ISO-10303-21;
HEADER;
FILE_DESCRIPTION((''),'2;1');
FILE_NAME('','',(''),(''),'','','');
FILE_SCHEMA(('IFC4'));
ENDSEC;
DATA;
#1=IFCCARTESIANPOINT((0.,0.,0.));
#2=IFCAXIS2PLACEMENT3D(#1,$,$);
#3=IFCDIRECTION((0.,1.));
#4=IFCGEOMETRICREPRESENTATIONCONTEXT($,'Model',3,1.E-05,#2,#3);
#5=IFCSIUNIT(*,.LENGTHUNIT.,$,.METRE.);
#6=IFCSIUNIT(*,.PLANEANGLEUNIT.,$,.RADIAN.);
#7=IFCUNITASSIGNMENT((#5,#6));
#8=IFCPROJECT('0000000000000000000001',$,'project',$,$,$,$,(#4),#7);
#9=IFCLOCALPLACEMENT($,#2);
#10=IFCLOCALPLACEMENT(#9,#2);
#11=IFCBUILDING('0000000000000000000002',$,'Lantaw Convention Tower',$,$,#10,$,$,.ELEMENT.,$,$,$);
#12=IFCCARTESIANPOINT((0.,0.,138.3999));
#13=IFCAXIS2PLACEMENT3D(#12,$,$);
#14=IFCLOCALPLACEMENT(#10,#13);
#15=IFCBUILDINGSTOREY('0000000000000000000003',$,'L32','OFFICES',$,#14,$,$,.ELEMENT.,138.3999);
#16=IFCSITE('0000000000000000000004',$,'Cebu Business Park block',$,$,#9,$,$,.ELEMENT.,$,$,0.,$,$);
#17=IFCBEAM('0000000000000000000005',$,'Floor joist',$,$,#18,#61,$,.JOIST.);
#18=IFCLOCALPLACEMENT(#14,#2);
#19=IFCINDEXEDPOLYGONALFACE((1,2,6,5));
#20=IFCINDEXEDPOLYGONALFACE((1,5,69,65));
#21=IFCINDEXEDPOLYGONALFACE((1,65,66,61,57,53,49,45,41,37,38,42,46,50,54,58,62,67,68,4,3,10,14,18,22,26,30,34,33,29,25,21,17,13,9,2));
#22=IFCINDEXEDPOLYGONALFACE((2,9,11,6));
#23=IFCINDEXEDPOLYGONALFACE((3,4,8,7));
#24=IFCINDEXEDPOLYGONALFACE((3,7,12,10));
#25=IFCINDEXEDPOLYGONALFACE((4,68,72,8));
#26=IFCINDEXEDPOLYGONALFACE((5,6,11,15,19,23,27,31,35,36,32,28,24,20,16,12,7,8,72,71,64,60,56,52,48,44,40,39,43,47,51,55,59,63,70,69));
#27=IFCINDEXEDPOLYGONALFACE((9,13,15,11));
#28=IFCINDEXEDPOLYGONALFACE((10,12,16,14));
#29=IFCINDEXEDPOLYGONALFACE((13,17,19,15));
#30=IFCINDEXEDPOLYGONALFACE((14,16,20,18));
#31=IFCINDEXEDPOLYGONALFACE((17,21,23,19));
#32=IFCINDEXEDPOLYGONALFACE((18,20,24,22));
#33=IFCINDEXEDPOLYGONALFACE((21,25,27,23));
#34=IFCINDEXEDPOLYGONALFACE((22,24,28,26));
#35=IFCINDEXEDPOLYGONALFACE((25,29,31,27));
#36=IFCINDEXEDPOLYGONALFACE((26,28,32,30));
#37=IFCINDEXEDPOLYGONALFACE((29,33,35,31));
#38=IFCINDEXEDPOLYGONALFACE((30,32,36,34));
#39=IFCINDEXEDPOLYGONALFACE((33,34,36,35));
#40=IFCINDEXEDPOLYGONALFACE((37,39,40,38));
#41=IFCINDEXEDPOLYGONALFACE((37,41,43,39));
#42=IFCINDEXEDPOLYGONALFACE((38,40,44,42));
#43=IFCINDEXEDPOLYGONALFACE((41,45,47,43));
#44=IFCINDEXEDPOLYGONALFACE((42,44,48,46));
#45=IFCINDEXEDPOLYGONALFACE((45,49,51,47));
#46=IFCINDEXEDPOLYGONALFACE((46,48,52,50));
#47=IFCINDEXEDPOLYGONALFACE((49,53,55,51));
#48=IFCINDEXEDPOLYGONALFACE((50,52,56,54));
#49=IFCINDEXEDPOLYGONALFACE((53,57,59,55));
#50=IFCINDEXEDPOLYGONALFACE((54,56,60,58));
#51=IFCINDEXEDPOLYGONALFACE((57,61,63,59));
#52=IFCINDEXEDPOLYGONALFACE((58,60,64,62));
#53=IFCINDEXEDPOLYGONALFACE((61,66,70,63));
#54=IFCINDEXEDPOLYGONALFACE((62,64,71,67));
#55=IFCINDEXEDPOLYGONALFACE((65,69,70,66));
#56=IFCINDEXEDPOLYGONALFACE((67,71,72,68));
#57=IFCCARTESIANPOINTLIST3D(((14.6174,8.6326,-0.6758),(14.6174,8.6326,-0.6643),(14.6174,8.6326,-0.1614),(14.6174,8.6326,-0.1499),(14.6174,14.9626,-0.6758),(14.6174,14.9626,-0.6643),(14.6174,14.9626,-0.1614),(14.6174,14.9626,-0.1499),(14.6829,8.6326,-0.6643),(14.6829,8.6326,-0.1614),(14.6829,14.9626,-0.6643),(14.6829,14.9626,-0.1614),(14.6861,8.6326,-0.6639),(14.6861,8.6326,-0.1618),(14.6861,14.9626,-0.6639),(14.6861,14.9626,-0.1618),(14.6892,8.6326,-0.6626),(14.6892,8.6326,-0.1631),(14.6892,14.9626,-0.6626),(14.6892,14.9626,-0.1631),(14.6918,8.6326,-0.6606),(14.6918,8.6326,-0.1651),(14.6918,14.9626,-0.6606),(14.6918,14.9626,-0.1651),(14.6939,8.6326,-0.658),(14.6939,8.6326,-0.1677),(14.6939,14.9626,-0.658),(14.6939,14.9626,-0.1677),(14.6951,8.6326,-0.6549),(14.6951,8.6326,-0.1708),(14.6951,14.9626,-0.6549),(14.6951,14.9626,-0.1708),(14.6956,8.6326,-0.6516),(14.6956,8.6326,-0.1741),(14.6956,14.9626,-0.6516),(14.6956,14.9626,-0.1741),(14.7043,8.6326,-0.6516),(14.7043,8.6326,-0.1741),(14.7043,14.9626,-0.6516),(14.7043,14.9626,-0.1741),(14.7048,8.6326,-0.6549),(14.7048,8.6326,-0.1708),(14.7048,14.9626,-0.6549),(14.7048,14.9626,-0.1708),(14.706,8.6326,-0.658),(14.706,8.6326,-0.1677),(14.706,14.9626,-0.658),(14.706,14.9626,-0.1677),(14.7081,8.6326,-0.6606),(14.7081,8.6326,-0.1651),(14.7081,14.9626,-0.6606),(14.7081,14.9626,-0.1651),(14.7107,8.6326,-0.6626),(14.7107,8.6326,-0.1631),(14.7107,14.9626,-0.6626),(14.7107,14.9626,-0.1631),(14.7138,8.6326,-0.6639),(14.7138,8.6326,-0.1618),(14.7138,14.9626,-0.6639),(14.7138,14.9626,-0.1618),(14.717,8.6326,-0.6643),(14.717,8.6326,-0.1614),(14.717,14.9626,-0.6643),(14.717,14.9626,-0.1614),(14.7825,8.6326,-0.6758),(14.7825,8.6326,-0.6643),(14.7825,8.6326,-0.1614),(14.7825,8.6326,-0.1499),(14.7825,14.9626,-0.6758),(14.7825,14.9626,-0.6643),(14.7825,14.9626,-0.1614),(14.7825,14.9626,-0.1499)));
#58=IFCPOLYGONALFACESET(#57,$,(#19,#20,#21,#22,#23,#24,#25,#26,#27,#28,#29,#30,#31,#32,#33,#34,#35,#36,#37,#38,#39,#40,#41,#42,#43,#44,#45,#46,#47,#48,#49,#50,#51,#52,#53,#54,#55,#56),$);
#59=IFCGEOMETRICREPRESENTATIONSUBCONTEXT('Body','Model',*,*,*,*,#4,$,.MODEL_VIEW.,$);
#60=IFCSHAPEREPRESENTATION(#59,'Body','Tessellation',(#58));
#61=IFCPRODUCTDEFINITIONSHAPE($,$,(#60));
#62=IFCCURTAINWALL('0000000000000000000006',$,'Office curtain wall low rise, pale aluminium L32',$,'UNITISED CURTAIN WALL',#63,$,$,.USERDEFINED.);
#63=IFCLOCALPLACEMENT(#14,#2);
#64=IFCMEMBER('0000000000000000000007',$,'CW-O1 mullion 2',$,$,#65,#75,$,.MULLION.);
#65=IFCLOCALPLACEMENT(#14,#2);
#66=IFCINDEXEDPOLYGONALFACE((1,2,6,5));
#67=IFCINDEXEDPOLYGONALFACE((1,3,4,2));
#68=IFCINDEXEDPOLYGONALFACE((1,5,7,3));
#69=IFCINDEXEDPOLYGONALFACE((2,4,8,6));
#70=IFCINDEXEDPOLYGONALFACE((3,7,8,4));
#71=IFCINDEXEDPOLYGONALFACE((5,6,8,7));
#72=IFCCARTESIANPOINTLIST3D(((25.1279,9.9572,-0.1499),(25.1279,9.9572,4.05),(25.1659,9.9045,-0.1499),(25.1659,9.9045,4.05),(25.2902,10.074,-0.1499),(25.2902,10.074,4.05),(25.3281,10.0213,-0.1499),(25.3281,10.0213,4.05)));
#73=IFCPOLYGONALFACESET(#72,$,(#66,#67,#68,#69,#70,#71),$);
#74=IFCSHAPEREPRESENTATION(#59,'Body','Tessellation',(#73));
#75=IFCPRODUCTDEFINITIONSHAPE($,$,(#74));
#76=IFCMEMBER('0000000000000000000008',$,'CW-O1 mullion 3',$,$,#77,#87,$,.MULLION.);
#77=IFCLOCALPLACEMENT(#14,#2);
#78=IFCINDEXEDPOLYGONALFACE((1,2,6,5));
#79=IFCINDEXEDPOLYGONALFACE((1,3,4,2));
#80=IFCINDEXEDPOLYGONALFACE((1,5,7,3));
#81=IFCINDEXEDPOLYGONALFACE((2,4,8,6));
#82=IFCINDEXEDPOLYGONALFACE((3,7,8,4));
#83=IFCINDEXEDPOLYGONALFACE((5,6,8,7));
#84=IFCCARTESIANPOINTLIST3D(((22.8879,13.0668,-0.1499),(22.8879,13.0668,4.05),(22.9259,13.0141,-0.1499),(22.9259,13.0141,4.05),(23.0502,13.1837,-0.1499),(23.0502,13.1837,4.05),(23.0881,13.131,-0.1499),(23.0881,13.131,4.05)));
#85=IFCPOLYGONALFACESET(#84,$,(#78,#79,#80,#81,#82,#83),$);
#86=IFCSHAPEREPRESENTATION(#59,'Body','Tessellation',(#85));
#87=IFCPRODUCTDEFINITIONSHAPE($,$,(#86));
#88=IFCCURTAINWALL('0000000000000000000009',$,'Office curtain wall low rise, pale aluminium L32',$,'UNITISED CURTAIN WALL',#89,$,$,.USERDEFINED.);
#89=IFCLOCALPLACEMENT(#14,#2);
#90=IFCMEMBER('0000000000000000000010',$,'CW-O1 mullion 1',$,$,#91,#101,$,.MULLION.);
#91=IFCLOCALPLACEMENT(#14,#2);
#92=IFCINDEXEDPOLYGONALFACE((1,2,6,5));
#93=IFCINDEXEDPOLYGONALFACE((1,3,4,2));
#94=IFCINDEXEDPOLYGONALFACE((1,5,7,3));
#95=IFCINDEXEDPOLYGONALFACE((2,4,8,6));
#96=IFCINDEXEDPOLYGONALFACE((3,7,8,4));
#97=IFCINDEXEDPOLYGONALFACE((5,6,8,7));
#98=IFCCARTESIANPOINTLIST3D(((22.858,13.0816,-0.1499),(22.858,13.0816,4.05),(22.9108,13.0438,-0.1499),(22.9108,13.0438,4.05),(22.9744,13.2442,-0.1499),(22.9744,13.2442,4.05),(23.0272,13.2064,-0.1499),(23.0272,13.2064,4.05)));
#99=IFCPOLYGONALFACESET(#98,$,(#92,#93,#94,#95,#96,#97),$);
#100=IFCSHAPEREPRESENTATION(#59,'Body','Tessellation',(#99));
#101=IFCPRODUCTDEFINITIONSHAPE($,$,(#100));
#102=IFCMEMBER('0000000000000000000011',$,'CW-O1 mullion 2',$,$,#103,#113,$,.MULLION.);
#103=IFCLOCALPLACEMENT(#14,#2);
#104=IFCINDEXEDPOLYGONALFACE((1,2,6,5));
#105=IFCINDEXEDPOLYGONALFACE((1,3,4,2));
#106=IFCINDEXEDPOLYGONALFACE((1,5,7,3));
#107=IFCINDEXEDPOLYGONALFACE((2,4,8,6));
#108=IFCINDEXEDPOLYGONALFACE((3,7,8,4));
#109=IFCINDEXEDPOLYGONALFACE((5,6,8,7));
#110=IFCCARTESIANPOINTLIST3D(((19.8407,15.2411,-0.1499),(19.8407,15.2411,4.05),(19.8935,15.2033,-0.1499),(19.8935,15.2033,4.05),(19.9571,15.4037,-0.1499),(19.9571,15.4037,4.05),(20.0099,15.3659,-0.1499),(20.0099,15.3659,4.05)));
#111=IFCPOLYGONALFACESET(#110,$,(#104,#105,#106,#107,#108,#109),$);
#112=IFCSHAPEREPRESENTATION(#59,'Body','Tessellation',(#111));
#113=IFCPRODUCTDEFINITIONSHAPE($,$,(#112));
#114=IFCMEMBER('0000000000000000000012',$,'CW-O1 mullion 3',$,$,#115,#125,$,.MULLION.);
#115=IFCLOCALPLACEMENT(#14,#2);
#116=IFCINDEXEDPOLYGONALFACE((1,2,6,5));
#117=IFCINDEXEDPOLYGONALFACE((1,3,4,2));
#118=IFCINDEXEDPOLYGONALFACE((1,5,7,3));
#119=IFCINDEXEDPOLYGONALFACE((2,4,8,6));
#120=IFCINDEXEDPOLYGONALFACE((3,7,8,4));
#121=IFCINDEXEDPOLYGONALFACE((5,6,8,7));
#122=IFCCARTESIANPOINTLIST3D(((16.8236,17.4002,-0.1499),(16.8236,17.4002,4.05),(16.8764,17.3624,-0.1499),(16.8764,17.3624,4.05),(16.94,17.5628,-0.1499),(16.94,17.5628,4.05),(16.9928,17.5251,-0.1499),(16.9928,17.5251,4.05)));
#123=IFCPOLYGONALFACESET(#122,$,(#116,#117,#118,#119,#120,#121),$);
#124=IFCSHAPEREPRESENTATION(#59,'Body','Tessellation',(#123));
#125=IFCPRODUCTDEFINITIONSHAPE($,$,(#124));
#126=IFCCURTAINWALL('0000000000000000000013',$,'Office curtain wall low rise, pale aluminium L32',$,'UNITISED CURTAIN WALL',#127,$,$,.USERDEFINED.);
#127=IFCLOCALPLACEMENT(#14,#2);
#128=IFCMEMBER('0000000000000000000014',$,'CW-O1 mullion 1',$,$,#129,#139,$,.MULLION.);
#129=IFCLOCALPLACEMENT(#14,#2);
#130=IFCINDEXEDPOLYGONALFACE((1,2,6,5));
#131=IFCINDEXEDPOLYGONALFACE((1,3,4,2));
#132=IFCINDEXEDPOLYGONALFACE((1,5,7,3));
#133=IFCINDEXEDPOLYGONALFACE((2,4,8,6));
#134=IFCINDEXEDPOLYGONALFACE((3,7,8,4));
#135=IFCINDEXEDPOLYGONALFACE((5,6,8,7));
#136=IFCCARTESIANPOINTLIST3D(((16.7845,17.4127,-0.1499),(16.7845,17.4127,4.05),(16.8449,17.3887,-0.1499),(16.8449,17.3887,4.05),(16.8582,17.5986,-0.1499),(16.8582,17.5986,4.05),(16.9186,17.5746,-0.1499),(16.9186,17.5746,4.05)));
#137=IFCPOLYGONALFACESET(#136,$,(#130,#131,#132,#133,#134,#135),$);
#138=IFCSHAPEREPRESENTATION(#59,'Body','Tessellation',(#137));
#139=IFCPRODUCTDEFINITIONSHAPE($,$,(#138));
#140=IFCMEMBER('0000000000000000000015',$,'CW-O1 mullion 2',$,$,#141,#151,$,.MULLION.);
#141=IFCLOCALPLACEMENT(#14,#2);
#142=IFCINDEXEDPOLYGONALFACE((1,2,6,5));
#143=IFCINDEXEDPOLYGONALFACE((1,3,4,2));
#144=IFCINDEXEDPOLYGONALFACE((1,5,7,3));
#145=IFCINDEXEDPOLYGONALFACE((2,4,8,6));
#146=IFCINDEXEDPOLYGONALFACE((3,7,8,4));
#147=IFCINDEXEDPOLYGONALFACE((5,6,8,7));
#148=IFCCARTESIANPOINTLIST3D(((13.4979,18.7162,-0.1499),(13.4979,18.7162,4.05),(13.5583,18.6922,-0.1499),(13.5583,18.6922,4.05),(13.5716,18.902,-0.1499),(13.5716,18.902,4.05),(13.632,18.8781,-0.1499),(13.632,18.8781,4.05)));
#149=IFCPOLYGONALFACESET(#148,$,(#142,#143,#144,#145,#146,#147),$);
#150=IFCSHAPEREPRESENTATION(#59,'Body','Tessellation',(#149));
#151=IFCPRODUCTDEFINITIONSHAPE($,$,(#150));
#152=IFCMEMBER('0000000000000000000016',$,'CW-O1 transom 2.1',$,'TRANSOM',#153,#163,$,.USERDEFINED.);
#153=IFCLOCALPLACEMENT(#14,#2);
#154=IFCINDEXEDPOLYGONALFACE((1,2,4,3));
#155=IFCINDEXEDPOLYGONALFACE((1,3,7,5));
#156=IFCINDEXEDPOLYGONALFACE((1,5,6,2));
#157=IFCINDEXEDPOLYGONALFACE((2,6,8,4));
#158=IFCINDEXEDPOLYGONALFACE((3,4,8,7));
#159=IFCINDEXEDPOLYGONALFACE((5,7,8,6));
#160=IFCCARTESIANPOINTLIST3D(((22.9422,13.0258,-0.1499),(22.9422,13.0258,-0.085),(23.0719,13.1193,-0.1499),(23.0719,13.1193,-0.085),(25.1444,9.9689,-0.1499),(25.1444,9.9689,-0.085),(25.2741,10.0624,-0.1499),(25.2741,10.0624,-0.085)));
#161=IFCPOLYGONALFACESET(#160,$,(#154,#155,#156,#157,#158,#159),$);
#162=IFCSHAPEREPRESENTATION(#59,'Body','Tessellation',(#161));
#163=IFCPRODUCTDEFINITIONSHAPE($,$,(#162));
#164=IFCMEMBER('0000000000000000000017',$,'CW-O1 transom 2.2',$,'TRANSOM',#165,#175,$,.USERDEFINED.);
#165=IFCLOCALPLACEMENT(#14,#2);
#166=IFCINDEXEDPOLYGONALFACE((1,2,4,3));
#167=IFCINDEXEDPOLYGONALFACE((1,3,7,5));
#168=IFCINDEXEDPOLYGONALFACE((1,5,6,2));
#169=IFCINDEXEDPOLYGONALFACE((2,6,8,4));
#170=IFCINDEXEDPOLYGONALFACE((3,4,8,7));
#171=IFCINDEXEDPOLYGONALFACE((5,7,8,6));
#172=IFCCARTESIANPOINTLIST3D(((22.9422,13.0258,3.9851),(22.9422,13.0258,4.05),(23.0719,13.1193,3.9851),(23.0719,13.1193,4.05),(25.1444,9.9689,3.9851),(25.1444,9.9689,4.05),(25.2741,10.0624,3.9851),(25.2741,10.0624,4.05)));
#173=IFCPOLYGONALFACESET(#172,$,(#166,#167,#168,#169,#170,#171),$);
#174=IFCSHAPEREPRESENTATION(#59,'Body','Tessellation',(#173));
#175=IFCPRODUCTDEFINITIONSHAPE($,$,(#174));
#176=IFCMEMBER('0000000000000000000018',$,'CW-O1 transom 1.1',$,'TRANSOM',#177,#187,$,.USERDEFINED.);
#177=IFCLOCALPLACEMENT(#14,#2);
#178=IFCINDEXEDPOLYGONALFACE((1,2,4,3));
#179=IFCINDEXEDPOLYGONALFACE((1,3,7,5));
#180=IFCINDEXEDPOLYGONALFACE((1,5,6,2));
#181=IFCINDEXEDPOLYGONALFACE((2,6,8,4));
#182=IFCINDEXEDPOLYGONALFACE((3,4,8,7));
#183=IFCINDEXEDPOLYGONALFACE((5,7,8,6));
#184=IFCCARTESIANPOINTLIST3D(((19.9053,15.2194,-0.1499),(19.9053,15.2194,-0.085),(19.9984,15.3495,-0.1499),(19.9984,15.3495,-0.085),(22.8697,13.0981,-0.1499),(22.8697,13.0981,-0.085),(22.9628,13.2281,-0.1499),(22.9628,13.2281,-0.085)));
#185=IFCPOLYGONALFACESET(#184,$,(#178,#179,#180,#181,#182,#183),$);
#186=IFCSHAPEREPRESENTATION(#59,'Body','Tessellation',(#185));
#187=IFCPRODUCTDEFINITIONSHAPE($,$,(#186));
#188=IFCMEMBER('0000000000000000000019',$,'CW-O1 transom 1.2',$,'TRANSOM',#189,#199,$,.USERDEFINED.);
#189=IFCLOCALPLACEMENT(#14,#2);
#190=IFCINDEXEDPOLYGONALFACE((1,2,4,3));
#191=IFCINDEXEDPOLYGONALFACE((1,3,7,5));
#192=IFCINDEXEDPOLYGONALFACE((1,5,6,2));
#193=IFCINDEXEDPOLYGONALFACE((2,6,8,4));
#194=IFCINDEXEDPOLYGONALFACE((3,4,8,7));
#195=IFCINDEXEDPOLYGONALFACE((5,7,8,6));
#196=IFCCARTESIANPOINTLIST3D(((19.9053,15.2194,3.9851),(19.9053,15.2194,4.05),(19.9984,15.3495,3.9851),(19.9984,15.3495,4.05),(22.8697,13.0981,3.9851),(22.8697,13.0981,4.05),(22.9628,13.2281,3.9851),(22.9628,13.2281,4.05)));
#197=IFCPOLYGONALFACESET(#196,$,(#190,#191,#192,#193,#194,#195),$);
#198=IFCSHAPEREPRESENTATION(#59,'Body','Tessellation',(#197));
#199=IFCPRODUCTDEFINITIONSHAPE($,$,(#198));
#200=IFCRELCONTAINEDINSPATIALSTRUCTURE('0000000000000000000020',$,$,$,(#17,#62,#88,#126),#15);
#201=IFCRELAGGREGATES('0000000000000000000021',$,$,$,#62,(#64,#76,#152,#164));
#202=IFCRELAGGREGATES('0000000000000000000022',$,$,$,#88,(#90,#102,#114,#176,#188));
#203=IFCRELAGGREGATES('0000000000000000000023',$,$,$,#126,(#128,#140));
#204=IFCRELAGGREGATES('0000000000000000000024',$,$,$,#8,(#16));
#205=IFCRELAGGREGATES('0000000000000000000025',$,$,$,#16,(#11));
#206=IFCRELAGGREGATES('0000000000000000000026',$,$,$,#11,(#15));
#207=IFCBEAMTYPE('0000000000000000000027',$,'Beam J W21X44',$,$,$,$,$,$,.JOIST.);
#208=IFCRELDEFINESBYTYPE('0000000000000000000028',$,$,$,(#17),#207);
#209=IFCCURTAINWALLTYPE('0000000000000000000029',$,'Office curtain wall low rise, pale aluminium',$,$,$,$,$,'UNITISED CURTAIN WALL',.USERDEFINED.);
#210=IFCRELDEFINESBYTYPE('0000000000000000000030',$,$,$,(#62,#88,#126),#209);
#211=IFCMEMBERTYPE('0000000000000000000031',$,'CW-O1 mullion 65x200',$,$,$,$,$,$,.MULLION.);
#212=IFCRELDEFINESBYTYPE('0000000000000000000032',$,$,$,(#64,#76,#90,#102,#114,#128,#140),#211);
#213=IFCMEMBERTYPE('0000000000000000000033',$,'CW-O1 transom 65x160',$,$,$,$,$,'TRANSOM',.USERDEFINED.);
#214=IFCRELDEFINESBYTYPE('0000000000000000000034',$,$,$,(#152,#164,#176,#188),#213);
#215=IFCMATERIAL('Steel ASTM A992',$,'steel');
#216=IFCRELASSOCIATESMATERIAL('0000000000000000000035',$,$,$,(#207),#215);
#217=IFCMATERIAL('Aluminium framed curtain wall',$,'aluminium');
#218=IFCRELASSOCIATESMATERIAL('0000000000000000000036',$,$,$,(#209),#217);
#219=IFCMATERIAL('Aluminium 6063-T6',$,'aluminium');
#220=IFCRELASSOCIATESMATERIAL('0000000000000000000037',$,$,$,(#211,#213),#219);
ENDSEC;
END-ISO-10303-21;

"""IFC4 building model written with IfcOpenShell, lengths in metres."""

from ifc_helpers import new_model, si_unit, direction, frame, origin, origin_2d, place, context, subcontext, project, spatial, rectangle, i_section, extrude, material, material_profile, profile_set, type_object, element, aggregate, save


model = new_model("IFC4")

# Units and contexts
model_context = context("Model", 3, precision=1e-05, world=origin(), true_north=direction((0.0, 1.0)))
body_context = subcontext(model_context, "Body", "Model", "MODEL_VIEW")
ifc_project = project(units=[si_unit("LENGTHUNIT", "METRE"), si_unit("PLANEANGLEUNIT", "RADIAN")], contexts=[model_context])

# Site, building, storey
site_placement = place(None, origin())
site = spatial("IfcSite", under=ifc_project, at=site_placement, Name="Cebu Business Park block", CompositionType="ELEMENT", RefElevation=0.0)
building_placement = place(site_placement, origin())
building = spatial("IfcBuilding", under=site, at=building_placement, Name="Lantaw Convention Tower", CompositionType="ELEMENT")
storey_placement = place(building_placement, frame((0.0, 0.0, 138.3999)))
storey = spatial("IfcBuildingStorey", under=building, at=storey_placement, Name="L32", Description="OFFICES", CompositionType="ELEMENT", Elevation=138.3999)

# Beam
ifc_material_1 = material(Name="Steel ASTM A992", Category="steel")
ifc_material_profile_1 = material_profile(ifc_material_1, i_section(OverallWidth=0.165, OverallDepth=0.5259, WebThickness=0.0088, FlangeThickness=0.0115, FilletRadius=0.0127, at=origin_2d()), Name="W21X44")
ifc_profile_set_1 = profile_set([ifc_material_profile_1], Name="Steel ASTM A992")
beam_type_1 = type_object("IfcBeamType", Name="Beam J W21X44", PredefinedType="JOIST", material=ifc_profile_set_1)
beam_1_placement = place(storey_placement, frame((14.7, 8.6326, -0.4128), z_axis=(0.0, 1.0, 0.0), x_axis=(-1.0, 0.0, 0.0)))
element("IfcBeam", 1, at=beam_1_placement, inside=storey, type_object=beam_type_1, Name="Floor joist", PredefinedType="JOIST", context=body_context, shape_type="SweptSolid", body=[
    extrude(i_section(OverallWidth=0.165, OverallDepth=0.5259, WebThickness=0.0088, FlangeThickness=0.0115, FilletRadius=0.0127, at=origin_2d()), origin(), (0.0, 0.0, 1.0), 6.3301),
])

# Curtain walls, members
ifc_material_2 = material(Name="Aluminium framed curtain wall", Category="aluminium")
curtain_wall_type = type_object("IfcCurtainWallType", Name="Office curtain wall low rise, pale aluminium", ElementType="UNITISED CURTAIN WALL", PredefinedType="USERDEFINED", material=ifc_material_2)
curtain_wall_1_placement = place(storey_placement, origin())
curtain_wall_1 = element("IfcCurtainWall", 2, at=curtain_wall_1_placement, inside=storey, type_object=curtain_wall_type, Name="Office curtain wall low rise, pale aluminium L32", ObjectType="UNITISED CURTAIN WALL", PredefinedType="USERDEFINED")
ifc_material_3 = material(Name="Aluminium 6063-T6", Category="aluminium")
ifc_material_profile_2 = material_profile(ifc_material_3, rectangle(XDim=0.2, YDim=0.0649, at=origin_2d()), Name="CW-O1 mullion 65x200")
ifc_profile_set_2 = profile_set([ifc_material_profile_2], Name="Aluminium 6063-T6")
member_type_1 = type_object("IfcMemberType", Name="CW-O1 mullion 65x200", PredefinedType="MULLION", material=ifc_profile_set_2)
member_1_placement = place(storey_placement, frame((25.228, 9.9893, -0.1499), z_axis=(0.0, 0.0, 1.0), x_axis=(-0.811385, -0.584513, 0.0)))
member_1 = element("IfcMember", 3, at=member_1_placement, type_object=member_type_1, Name="CW-O1 mullion 2", PredefinedType="MULLION", context=body_context, shape_type="SweptSolid", body=[
    extrude(rectangle(XDim=0.2, YDim=0.0649, at=origin_2d()), origin(), (0.0, 0.0, 1.0), 4.2),
])
member_2_placement = place(storey_placement, frame((22.988, 13.0989, -0.1499), z_axis=(0.0, 0.0, 1.0), x_axis=(-0.811385, -0.584513, 0.0)))
member_2 = element("IfcMember", 4, at=member_2_placement, type_object=member_type_1, Name="CW-O1 mullion 3", PredefinedType="MULLION", context=body_context, shape_type="SweptSolid", body=[
    extrude(rectangle(XDim=0.2, YDim=0.0649, at=origin_2d()), origin(), (0.0, 0.0, 1.0), 4.2),
])
curtain_wall_2_placement = place(storey_placement, origin())
curtain_wall_2 = element("IfcCurtainWall", 5, at=curtain_wall_2_placement, inside=storey, type_object=curtain_wall_type, Name="Office curtain wall low rise, pale aluminium L32", ObjectType="UNITISED CURTAIN WALL", PredefinedType="USERDEFINED")
member_3_placement = place(storey_placement, frame((22.9426, 13.144, -0.1499), z_axis=(0.0, 0.0, 1.0), x_axis=(-0.581973, -0.813208, 0.0)))
member_3 = element("IfcMember", 6, at=member_3_placement, type_object=member_type_1, Name="CW-O1 mullion 1", PredefinedType="MULLION", context=body_context, shape_type="SweptSolid", body=[
    extrude(rectangle(XDim=0.2, YDim=0.0649, at=origin_2d()), origin(), (0.0, 0.0, 1.0), 4.2),
])
member_4_placement = place(storey_placement, frame((19.9253, 15.3035, -0.1499), z_axis=(0.0, 0.0, 1.0), x_axis=(-0.581973, -0.813208, 0.0)))
member_4 = element("IfcMember", 7, at=member_4_placement, type_object=member_type_1, Name="CW-O1 mullion 2", PredefinedType="MULLION", context=body_context, shape_type="SweptSolid", body=[
    extrude(rectangle(XDim=0.2, YDim=0.0649, at=origin_2d()), origin(), (0.0, 0.0, 1.0), 4.2),
])
member_5_placement = place(storey_placement, frame((16.9082, 17.4626, -0.1499), z_axis=(0.0, 0.0, 1.0), x_axis=(-0.581973, -0.813208, 0.0)))
member_5 = element("IfcMember", 8, at=member_5_placement, type_object=member_type_1, Name="CW-O1 mullion 3", PredefinedType="MULLION", context=body_context, shape_type="SweptSolid", body=[
    extrude(rectangle(XDim=0.2, YDim=0.0649, at=origin_2d()), origin(), (0.0, 0.0, 1.0), 4.2),
])
curtain_wall_3_placement = place(storey_placement, origin())
curtain_wall_3 = element("IfcCurtainWall", 9, at=curtain_wall_3_placement, inside=storey, type_object=curtain_wall_type, Name="Office curtain wall low rise, pale aluminium L32", ObjectType="UNITISED CURTAIN WALL", PredefinedType="USERDEFINED")
member_6_placement = place(storey_placement, frame((16.8516, 17.4937, -0.1499), z_axis=(0.0, 0.0, 1.0), x_axis=(-0.368702, -0.929548, 0.0)))
member_6 = element("IfcMember", 10, at=member_6_placement, type_object=member_type_1, Name="CW-O1 mullion 1", PredefinedType="MULLION", context=body_context, shape_type="SweptSolid", body=[
    extrude(rectangle(XDim=0.2, YDim=0.0649, at=origin_2d()), origin(), (0.0, 0.0, 1.0), 4.2),
])
member_7_placement = place(storey_placement, frame((13.5649, 18.7971, -0.1499), z_axis=(0.0, 0.0, 1.0), x_axis=(-0.368702, -0.929548, 0.0)))
member_7 = element("IfcMember", 11, at=member_7_placement, type_object=member_type_1, Name="CW-O1 mullion 2", PredefinedType="MULLION", context=body_context, shape_type="SweptSolid", body=[
    extrude(rectangle(XDim=0.2, YDim=0.0649, at=origin_2d()), origin(), (0.0, 0.0, 1.0), 4.2),
])

# Members
ifc_material_profile_3 = material_profile(ifc_material_3, rectangle(XDim=0.1599, YDim=0.0649, at=origin_2d()), Name="CW-O1 transom 65x160")
ifc_profile_set_3 = profile_set([ifc_material_profile_3], Name="Aluminium 6063-T6")
member_type_2 = type_object("IfcMemberType", Name="CW-O1 transom 65x160", ElementType="TRANSOM", PredefinedType="USERDEFINED", material=ifc_profile_set_3)
member_8_placement = place(storey_placement, frame((25.2092, 10.0156, -0.1174), z_axis=(-0.584513, 0.811384, 0.0), x_axis=(-0.811384, -0.584513, 0.0)))
member_8 = element("IfcMember", 12, at=member_8_placement, type_object=member_type_2, Name="CW-O1 transom 2.1", ObjectType="TRANSOM", PredefinedType="USERDEFINED", context=body_context, shape_type="SweptSolid", body=[
    extrude(rectangle(XDim=0.1599, YDim=0.0649, at=origin_2d()), origin(), (0.0, 0.0, 1.0), 3.7676),
])
member_9_placement = place(storey_placement, frame((25.2092, 10.0156, 4.0176), z_axis=(-0.584513, 0.811384, 0.0), x_axis=(-0.811384, -0.584513, 0.0)))
member_9 = element("IfcMember", 13, at=member_9_placement, type_object=member_type_2, Name="CW-O1 transom 2.2", ObjectType="TRANSOM", PredefinedType="USERDEFINED", context=body_context, shape_type="SweptSolid", body=[
    extrude(rectangle(XDim=0.1599, YDim=0.0649, at=origin_2d()), origin(), (0.0, 0.0, 1.0), 3.7676),
])
member_10_placement = place(storey_placement, frame((22.9163, 13.1631, -0.1174), z_axis=(-0.813222, 0.581954, 0.0), x_axis=(-0.581954, -0.813222, 0.0)))
member_10 = element("IfcMember", 14, at=member_10_placement, type_object=member_type_2, Name="CW-O1 transom 1.1", ObjectType="TRANSOM", PredefinedType="USERDEFINED", context=body_context, shape_type="SweptSolid", body=[
    extrude(rectangle(XDim=0.1599, YDim=0.0649, at=origin_2d()), origin(), (0.0, 0.0, 1.0), 3.6453),
])
member_11_placement = place(storey_placement, frame((22.9163, 13.1631, 4.0176), z_axis=(-0.813222, 0.581954, 0.0), x_axis=(-0.581954, -0.813222, 0.0)))
member_11 = element("IfcMember", 15, at=member_11_placement, type_object=member_type_2, Name="CW-O1 transom 1.2", ObjectType="TRANSOM", PredefinedType="USERDEFINED", context=body_context, shape_type="SweptSolid", body=[
    extrude(rectangle(XDim=0.1599, YDim=0.0649, at=origin_2d()), origin(), (0.0, 0.0, 1.0), 3.6453),
])

aggregate(curtain_wall_1, [member_1, member_2, member_8, member_9])
aggregate(curtain_wall_2, [member_3, member_4, member_5, member_10, member_11])
aggregate(curtain_wall_3, [member_6, member_7])

save(model, "model.ifc")
